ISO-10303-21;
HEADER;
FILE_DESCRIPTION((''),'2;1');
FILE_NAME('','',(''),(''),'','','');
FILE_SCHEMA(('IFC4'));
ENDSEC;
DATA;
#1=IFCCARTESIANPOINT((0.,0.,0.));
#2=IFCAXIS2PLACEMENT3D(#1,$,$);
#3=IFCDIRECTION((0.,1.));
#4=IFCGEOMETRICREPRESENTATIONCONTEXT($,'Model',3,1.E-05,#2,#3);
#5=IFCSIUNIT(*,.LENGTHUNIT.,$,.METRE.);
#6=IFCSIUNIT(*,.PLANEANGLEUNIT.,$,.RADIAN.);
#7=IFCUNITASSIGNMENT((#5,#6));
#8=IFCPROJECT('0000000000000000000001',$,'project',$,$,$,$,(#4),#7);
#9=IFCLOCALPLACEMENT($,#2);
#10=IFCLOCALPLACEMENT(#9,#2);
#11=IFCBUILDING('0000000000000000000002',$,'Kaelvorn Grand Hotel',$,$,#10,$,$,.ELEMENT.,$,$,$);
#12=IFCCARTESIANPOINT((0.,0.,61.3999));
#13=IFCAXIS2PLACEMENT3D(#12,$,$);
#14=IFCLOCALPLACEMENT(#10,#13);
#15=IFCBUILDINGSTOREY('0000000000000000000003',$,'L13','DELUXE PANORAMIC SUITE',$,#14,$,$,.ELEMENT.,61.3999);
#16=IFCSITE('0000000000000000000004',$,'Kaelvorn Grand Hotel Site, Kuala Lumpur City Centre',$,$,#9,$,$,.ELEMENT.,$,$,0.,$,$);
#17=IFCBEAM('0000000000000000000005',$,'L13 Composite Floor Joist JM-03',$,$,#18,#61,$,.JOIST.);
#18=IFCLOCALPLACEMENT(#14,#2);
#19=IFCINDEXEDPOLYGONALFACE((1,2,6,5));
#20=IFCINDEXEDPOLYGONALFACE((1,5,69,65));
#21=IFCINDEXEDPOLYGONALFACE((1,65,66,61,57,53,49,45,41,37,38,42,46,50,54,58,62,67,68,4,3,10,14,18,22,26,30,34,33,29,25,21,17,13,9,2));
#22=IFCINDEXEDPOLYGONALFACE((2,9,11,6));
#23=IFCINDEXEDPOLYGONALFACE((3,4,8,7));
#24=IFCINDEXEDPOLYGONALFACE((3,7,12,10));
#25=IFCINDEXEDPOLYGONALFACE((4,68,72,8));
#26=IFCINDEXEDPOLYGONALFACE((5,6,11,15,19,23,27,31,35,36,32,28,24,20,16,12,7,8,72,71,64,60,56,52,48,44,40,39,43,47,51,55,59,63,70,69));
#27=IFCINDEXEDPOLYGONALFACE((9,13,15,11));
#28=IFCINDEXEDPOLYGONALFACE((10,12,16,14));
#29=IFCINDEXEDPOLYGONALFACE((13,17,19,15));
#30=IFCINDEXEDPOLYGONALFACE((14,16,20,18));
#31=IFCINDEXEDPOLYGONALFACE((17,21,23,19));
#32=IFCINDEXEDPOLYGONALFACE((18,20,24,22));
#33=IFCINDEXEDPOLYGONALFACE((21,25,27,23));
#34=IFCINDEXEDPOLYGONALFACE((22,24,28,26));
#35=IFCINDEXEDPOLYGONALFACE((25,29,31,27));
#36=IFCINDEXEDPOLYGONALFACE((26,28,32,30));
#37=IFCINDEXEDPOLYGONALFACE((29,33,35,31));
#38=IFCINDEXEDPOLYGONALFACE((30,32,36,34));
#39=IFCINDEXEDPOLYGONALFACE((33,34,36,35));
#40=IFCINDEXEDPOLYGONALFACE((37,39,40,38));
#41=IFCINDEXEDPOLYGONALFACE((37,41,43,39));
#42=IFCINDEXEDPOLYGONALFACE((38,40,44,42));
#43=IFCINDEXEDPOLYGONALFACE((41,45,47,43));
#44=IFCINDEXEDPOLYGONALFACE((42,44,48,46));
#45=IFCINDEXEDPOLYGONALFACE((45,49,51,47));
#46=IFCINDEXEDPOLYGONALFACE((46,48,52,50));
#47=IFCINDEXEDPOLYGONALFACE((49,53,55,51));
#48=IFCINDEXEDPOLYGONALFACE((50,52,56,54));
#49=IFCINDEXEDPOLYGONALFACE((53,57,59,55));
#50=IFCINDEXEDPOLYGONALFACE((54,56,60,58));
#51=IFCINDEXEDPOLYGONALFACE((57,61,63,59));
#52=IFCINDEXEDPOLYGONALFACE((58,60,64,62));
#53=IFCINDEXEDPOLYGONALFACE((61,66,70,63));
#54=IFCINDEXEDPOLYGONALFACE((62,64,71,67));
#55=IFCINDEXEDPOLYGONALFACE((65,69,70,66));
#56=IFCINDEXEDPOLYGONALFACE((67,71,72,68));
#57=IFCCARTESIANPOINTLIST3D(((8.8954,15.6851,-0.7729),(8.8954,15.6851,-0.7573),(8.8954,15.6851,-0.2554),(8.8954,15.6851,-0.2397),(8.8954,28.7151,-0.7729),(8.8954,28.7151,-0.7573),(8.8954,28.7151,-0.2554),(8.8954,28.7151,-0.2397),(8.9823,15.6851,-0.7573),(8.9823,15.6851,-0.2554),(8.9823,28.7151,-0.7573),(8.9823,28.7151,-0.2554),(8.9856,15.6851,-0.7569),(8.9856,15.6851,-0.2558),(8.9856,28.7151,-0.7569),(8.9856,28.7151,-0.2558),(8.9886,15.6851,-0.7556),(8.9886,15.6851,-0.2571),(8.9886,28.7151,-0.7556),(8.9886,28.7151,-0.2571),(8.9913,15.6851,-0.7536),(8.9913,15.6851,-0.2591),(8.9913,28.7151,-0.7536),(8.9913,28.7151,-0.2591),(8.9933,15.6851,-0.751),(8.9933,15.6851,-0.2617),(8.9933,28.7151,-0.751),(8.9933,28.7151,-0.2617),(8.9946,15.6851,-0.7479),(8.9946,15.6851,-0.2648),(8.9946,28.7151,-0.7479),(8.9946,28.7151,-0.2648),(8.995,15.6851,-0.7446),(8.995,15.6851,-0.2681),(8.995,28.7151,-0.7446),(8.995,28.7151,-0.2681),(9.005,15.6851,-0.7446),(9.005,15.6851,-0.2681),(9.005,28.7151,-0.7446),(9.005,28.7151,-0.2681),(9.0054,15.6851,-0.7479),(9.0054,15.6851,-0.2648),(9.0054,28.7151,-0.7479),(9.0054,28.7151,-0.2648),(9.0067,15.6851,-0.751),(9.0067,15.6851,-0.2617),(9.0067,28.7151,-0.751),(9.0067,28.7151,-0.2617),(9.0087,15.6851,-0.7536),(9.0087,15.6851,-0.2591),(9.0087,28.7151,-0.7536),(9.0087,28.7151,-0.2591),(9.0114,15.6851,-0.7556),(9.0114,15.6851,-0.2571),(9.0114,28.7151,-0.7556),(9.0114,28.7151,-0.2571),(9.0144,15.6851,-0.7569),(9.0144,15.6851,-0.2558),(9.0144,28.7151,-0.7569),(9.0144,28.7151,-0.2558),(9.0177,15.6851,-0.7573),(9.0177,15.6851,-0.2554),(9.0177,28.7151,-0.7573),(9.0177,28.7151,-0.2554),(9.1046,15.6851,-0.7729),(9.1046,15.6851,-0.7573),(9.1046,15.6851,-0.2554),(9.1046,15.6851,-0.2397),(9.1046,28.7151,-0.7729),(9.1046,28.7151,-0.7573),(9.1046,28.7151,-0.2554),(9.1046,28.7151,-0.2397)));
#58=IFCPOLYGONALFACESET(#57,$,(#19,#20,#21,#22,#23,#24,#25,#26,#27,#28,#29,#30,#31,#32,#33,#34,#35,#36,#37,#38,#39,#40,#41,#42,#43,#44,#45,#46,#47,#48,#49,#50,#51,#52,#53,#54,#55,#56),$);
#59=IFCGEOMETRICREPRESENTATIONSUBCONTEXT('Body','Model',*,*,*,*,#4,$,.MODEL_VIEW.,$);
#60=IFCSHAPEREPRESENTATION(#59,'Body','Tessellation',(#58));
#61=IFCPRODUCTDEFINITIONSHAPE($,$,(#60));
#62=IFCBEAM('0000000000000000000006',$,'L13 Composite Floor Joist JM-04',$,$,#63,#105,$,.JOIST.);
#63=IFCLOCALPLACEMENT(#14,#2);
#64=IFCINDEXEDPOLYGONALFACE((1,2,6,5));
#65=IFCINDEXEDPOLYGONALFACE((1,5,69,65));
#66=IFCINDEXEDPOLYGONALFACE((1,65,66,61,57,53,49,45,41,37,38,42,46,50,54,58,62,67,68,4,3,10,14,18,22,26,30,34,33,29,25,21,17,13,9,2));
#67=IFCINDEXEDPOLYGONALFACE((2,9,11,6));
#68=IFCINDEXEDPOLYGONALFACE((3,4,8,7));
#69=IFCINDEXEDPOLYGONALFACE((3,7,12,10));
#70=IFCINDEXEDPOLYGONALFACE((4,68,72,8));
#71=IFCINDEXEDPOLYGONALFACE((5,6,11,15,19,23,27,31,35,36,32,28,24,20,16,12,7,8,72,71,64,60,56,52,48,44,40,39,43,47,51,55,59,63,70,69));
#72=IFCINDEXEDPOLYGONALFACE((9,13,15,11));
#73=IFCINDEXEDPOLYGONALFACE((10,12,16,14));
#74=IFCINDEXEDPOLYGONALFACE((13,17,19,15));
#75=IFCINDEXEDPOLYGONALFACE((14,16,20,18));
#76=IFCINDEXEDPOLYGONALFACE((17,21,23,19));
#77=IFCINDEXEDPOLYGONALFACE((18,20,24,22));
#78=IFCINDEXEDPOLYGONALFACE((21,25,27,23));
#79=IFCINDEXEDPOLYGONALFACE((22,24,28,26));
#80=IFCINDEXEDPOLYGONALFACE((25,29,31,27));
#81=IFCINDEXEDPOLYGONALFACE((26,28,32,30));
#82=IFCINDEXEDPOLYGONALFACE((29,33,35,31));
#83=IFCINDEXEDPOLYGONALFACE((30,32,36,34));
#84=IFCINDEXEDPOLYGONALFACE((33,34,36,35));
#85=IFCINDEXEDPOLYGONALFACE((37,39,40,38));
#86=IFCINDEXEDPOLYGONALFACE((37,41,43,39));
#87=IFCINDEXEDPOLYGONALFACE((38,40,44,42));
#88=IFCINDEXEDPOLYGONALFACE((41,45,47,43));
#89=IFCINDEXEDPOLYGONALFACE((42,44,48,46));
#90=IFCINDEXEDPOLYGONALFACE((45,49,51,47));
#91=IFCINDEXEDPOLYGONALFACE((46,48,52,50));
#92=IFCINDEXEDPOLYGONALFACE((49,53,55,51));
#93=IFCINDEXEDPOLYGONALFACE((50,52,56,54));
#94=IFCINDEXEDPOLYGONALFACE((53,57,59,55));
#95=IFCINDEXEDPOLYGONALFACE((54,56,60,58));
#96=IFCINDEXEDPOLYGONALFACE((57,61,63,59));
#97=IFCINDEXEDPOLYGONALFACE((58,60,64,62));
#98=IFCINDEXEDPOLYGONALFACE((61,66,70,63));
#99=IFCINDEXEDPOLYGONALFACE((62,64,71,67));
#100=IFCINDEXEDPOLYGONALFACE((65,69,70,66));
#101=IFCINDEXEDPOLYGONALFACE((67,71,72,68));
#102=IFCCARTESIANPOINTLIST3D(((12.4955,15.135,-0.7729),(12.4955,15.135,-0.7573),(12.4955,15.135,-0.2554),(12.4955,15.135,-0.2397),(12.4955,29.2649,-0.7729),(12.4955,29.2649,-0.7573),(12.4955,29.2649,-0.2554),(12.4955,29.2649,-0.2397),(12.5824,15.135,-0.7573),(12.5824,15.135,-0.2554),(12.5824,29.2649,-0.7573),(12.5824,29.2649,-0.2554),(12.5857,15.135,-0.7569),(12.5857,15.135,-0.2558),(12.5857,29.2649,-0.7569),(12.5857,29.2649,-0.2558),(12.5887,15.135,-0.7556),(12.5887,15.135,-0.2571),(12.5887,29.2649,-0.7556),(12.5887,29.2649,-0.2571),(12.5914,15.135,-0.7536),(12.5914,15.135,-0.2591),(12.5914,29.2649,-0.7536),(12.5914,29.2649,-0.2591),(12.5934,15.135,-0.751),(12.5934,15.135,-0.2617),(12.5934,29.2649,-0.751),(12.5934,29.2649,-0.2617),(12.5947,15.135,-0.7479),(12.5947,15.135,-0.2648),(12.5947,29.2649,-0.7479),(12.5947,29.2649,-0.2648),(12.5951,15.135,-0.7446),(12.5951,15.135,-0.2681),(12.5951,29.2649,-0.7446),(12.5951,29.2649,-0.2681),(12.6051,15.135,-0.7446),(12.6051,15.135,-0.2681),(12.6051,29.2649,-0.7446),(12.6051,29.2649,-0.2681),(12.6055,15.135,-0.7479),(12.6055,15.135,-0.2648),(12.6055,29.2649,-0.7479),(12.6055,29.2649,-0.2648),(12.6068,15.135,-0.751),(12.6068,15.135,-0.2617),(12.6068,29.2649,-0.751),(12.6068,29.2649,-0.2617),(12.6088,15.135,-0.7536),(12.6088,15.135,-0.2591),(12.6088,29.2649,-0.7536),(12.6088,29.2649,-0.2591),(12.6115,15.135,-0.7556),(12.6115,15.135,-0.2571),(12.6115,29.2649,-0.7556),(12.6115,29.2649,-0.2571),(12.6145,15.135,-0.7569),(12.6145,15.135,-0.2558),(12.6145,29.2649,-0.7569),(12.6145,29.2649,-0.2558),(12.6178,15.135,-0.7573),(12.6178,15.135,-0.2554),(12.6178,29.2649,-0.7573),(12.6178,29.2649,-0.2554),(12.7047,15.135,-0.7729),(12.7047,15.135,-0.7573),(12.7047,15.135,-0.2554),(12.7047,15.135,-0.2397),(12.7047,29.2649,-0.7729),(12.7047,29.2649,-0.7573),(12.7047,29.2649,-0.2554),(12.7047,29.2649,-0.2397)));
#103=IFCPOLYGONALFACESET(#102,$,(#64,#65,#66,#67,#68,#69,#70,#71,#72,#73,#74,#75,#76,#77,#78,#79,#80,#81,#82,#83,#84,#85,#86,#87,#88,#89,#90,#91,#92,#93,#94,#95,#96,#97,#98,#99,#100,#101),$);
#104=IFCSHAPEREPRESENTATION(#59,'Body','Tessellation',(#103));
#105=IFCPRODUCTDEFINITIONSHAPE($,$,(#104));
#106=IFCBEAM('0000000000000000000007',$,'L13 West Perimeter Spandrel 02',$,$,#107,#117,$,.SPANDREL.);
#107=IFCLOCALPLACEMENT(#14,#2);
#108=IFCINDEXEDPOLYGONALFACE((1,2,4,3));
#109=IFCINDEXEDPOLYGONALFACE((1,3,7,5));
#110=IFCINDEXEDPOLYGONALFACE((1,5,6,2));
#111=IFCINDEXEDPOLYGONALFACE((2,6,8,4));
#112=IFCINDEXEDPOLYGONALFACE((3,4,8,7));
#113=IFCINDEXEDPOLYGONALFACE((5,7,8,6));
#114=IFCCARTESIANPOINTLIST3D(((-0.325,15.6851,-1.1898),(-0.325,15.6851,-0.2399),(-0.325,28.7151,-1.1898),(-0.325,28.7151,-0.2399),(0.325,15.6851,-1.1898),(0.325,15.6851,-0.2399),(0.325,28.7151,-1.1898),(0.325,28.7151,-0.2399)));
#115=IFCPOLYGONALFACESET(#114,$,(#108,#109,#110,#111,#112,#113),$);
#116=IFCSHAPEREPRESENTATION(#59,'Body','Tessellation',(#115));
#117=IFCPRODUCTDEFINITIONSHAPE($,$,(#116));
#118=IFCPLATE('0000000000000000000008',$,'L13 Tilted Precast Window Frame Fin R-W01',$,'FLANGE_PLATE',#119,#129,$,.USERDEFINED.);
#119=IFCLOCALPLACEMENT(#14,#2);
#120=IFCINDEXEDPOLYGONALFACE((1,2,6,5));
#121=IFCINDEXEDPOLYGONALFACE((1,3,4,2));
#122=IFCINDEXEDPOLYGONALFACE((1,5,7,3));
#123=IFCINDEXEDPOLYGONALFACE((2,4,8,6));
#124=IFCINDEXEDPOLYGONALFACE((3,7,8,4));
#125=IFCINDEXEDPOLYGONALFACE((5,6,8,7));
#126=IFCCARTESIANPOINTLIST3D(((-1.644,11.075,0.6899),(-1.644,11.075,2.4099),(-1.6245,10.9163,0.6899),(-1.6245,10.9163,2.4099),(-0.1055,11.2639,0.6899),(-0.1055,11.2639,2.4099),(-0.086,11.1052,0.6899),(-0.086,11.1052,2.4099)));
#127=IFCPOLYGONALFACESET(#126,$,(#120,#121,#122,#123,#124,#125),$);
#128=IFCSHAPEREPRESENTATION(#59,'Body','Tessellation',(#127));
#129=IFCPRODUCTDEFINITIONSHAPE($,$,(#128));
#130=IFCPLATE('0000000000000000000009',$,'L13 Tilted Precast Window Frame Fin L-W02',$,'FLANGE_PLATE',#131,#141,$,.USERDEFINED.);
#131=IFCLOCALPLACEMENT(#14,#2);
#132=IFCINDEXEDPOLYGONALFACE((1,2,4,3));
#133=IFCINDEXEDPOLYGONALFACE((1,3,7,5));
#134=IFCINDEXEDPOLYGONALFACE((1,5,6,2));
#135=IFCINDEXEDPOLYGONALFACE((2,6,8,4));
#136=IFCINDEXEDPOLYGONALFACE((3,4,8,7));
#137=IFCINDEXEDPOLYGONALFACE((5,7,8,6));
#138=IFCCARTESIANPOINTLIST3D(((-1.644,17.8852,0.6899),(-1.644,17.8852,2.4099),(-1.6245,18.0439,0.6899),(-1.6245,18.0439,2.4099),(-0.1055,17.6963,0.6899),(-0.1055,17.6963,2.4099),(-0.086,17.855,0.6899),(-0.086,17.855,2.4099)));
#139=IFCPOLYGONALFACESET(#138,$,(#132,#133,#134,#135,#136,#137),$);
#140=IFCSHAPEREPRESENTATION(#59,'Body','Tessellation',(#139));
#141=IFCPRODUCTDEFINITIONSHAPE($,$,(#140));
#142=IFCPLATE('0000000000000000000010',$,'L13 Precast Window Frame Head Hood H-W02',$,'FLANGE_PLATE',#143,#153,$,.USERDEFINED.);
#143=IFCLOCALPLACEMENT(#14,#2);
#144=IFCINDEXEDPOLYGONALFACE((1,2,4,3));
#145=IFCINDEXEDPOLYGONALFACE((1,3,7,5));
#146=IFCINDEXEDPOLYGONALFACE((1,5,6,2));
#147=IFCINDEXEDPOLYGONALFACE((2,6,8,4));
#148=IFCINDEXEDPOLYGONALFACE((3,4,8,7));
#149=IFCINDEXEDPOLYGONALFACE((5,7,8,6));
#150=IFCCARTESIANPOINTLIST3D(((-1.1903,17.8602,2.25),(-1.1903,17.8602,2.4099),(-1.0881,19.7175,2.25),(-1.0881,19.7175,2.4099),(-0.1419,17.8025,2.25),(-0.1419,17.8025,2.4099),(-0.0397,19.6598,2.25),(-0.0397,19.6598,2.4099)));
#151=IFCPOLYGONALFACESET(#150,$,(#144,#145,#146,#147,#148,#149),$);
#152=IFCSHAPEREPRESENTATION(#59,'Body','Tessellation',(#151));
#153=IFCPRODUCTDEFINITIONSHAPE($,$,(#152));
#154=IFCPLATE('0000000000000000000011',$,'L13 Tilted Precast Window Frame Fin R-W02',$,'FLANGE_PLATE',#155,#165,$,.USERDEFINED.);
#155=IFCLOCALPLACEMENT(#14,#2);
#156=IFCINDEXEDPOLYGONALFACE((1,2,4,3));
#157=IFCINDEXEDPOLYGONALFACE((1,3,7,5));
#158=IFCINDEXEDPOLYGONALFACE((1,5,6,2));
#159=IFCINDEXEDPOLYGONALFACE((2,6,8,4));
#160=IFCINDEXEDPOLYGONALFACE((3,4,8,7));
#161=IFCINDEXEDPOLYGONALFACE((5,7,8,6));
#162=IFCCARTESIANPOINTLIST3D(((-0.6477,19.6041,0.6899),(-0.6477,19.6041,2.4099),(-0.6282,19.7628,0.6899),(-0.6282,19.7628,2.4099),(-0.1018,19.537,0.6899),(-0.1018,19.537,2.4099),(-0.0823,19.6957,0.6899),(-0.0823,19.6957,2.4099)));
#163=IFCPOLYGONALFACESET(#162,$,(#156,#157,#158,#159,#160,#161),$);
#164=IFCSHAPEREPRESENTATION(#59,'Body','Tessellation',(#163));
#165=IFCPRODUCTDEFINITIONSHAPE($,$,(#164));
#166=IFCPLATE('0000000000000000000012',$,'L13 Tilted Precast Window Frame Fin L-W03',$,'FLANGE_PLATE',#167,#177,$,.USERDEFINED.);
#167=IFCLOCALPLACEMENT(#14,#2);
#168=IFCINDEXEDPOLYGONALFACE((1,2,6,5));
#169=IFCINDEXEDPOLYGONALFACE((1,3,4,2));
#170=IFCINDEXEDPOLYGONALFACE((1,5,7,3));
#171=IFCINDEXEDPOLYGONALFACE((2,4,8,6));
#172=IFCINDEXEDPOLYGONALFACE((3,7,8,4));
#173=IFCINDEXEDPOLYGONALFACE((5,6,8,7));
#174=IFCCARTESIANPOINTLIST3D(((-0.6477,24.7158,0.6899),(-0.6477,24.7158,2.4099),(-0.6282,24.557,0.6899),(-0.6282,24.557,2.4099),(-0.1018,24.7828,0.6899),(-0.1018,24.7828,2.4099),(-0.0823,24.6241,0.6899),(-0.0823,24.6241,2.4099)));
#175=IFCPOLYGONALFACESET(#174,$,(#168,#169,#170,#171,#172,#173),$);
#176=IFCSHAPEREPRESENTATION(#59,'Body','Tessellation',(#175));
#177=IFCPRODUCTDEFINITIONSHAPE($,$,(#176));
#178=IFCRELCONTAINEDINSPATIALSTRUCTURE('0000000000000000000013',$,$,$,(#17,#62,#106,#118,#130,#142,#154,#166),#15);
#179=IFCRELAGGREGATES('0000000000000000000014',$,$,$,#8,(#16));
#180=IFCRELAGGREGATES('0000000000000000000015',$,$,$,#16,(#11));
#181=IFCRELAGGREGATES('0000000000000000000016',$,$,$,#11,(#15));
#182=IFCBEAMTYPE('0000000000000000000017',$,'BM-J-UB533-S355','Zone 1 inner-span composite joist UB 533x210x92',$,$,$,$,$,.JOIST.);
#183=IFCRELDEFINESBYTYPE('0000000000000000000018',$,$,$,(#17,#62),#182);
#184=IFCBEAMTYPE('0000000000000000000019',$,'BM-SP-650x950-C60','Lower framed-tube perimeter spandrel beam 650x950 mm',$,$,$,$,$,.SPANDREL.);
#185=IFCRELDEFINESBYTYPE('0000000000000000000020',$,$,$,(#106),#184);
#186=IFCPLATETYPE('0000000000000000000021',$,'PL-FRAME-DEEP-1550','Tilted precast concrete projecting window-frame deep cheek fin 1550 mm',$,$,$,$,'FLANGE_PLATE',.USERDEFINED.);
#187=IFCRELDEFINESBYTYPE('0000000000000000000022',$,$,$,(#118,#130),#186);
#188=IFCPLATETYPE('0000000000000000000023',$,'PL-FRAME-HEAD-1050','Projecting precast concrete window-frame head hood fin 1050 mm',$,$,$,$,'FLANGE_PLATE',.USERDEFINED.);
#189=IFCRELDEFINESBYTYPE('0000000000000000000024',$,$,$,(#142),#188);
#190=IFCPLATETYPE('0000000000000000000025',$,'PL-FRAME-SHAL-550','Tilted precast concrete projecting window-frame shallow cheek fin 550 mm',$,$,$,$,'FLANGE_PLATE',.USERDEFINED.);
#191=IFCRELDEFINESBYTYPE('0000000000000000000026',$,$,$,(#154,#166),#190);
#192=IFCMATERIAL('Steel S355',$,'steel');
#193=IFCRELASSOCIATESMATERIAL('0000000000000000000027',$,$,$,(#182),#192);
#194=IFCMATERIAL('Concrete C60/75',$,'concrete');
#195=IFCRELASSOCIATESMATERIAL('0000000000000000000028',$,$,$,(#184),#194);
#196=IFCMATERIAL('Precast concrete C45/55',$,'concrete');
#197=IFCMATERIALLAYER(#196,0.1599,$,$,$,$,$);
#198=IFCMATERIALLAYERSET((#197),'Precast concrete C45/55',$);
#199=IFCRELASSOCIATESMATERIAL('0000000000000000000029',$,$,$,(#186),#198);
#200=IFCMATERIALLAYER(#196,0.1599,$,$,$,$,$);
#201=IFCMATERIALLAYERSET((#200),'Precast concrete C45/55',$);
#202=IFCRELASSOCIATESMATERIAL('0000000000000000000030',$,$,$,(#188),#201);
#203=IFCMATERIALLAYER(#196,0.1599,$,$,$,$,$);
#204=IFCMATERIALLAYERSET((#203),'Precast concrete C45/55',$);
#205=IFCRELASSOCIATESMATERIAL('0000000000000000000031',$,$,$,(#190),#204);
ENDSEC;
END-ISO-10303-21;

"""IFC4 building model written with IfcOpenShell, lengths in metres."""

from ifc_helpers import new_model, si_unit, direction, frame, origin, origin_2d, place, context, subcontext, project, spatial, rectangle, i_section, extrude, material, layer, layer_set, material_profile, profile_set, type_object, element, save


model = new_model("IFC4")

# Units and contexts
model_context = context("Model", 3, precision=1e-05, world=origin(), true_north=direction((0.0, 1.0)))
body_context = subcontext(model_context, "Body", "Model", "MODEL_VIEW")
ifc_project = project(units=[si_unit("LENGTHUNIT", "METRE"), si_unit("PLANEANGLEUNIT", "RADIAN")], contexts=[model_context])

# Site, building, storey
site_placement = place(None, origin())
site = spatial("IfcSite", under=ifc_project, at=site_placement, Name="Kaelvorn Grand Hotel Site, Kuala Lumpur City Centre", CompositionType="ELEMENT", RefElevation=0.0)
building_placement = place(site_placement, origin())
building = spatial("IfcBuilding", under=site, at=building_placement, Name="Kaelvorn Grand Hotel", CompositionType="ELEMENT")
storey_placement = place(building_placement, frame((0.0, 0.0, 61.3999)))
storey = spatial("IfcBuildingStorey", under=building, at=storey_placement, Name="L13", Description="DELUXE PANORAMIC SUITE", CompositionType="ELEMENT", Elevation=61.3999)

# Beams
ifc_material_1 = material(Name="Steel S355", Category="steel")
ifc_material_profile_1 = material_profile(ifc_material_1, i_section(OverallWidth=0.2092, OverallDepth=0.5332, WebThickness=0.01, FlangeThickness=0.0156, FilletRadius=0.0127, at=origin_2d()), Name="UB 533x210x92")
ifc_profile_set_1 = profile_set([ifc_material_profile_1], Name="Steel S355")
beam_type_1 = type_object("IfcBeamType", Name="BM-J-UB533-S355", Description="Zone 1 inner-span composite joist UB 533x210x92", PredefinedType="JOIST", material=ifc_profile_set_1)
beam_1_placement = place(storey_placement, frame((9.0, 15.6851, -0.5063), z_axis=(0.0, 1.0, 0.0), x_axis=(-1.0, 0.0, 0.0)))
element("IfcBeam", 1, at=beam_1_placement, inside=storey, type_object=beam_type_1, Name="L13 Composite Floor Joist JM-03", PredefinedType="JOIST", context=body_context, shape_type="SweptSolid", body=[
    extrude(i_section(OverallWidth=0.2092, OverallDepth=0.5332, WebThickness=0.01, FlangeThickness=0.0156, FilletRadius=0.0127, at=origin_2d()), origin(), (0.0, 0.0, 1.0), 13.03),
])
beam_2_placement = place(storey_placement, frame((12.6001, 15.135, -0.5063), z_axis=(0.0, 1.0, 0.0), x_axis=(-1.0, 0.0, 0.0)))
element("IfcBeam", 2, at=beam_2_placement, inside=storey, type_object=beam_type_1, Name="L13 Composite Floor Joist JM-04", PredefinedType="JOIST", context=body_context, shape_type="SweptSolid", body=[
    extrude(i_section(OverallWidth=0.2092, OverallDepth=0.5332, WebThickness=0.01, FlangeThickness=0.0156, FilletRadius=0.0127, at=origin_2d()), origin(), (0.0, 0.0, 1.0), 14.1299),
])
ifc_material_2 = material(Name="Concrete C60/75", Category="concrete")
ifc_material_profile_2 = material_profile(ifc_material_2, rectangle(XDim=0.6499, YDim=0.95, at=origin_2d()), Name="RC SPANDREL 650x950")
ifc_profile_set_2 = profile_set([ifc_material_profile_2], Name="Concrete C60/75")
beam_type_2 = type_object("IfcBeamType", Name="BM-SP-650x950-C60", Description="Lower framed-tube perimeter spandrel beam 650x950 mm", PredefinedType="SPANDREL", material=ifc_profile_set_2)
beam_3_placement = place(storey_placement, frame((0.0, 15.6851, -0.7148), z_axis=(0.0, 1.0, 0.0), x_axis=(-1.0, 0.0, 0.0)))
element("IfcBeam", 3, at=beam_3_placement, inside=storey, type_object=beam_type_2, Name="L13 West Perimeter Spandrel 02", PredefinedType="SPANDREL", context=body_context, shape_type="SweptSolid", body=[
    extrude(rectangle(XDim=0.6499, YDim=0.95, at=origin_2d()), origin(), (0.0, 0.0, 1.0), 13.03),
])

# Plates
ifc_material_3 = material(Name="Precast concrete C45/55", Category="concrete")
ifc_layer_1 = layer(ifc_material_3, 0.1599)
ifc_layer_set_1 = layer_set([ifc_layer_1], Name="Precast concrete C45/55")
plate_type_1 = type_object("IfcPlateType", Name="PL-FRAME-DEEP-1550", Description="Tilted precast concrete projecting window-frame deep cheek fin 1550 mm", ElementType="FLANGE_PLATE", PredefinedType="USERDEFINED", material=ifc_layer_set_1)
for number, where, z_axis, x_axis, name in (
    (4, (-0.865, 11.0901, 0.6899), (0.0, 0.0, 1.0), (-0.121869, 0.992546, 0.0), "L13 Tilted Precast Window Frame Fin R-W01"),
    (5, (-0.865, 17.8701, 0.6899), (0.0, 0.0, 1.0), (0.121869, 0.992546, 0.0), "L13 Tilted Precast Window Frame Fin L-W02"),
):
    element("IfcPlate", number, at=place(storey_placement, frame(where, z_axis=z_axis, x_axis=x_axis)), inside=storey, type_object=plate_type_1, Name=name, ObjectType="FLANGE_PLATE", PredefinedType="USERDEFINED", context=body_context, shape_type="SweptSolid", body=[
        extrude(rectangle(XDim=0.1599, YDim=1.55, at=origin_2d()), origin(), (0.0, 0.0, 1.0), 1.72),
    ])
ifc_layer_2 = layer(ifc_material_3, 0.1599)
ifc_layer_set_2 = layer_set([ifc_layer_2], Name="Precast concrete C45/55")
plate_type_2 = type_object("IfcPlateType", Name="PL-FRAME-HEAD-1050", Description="Projecting precast concrete window-frame head hood fin 1050 mm", ElementType="FLANGE_PLATE", PredefinedType="USERDEFINED", material=ifc_layer_set_2)
plate_placement = place(storey_placement, frame((-0.615, 18.76, 2.25), z_axis=(0.0, 0.0, 1.0), x_axis=(0.05495, 0.998489, 0.0)))
element("IfcPlate", 6, at=plate_placement, inside=storey, type_object=plate_type_2, Name="L13 Precast Window Frame Head Hood H-W02", ObjectType="FLANGE_PLATE", PredefinedType="USERDEFINED", context=body_context, shape_type="SweptSolid", body=[
    extrude(rectangle(XDim=1.8601, YDim=1.05, at=origin_2d()), origin(), (0.0, 0.0, 1.0), 0.1599),
])
ifc_layer_3 = layer(ifc_material_3, 0.1599)
ifc_layer_set_3 = layer_set([ifc_layer_3], Name="Precast concrete C45/55")
plate_type_3 = type_object("IfcPlateType", Name="PL-FRAME-SHAL-550", Description="Tilted precast concrete projecting window-frame shallow cheek fin 550 mm", ElementType="FLANGE_PLATE", PredefinedType="USERDEFINED", material=ifc_layer_set_3)
for number, where, z_axis, x_axis, name in (
    (7, (-0.365, 19.6499, 0.6899), (0.0, 0.0, 1.0), (0.121869, 0.992546, 0.0), "L13 Tilted Precast Window Frame Fin R-W02"),
    (8, (-0.365, 24.6699, 0.6899), (0.0, 0.0, 1.0), (-0.121869, 0.992546, 0.0), "L13 Tilted Precast Window Frame Fin L-W03"),
):
    element("IfcPlate", number, at=place(storey_placement, frame(where, z_axis=z_axis, x_axis=x_axis)), inside=storey, type_object=plate_type_3, Name=name, ObjectType="FLANGE_PLATE", PredefinedType="USERDEFINED", context=body_context, shape_type="SweptSolid", body=[
        extrude(rectangle(XDim=0.1599, YDim=0.55, at=origin_2d()), origin(), (0.0, 0.0, 1.0), 1.72),
    ])

save(model, "model.ifc")
